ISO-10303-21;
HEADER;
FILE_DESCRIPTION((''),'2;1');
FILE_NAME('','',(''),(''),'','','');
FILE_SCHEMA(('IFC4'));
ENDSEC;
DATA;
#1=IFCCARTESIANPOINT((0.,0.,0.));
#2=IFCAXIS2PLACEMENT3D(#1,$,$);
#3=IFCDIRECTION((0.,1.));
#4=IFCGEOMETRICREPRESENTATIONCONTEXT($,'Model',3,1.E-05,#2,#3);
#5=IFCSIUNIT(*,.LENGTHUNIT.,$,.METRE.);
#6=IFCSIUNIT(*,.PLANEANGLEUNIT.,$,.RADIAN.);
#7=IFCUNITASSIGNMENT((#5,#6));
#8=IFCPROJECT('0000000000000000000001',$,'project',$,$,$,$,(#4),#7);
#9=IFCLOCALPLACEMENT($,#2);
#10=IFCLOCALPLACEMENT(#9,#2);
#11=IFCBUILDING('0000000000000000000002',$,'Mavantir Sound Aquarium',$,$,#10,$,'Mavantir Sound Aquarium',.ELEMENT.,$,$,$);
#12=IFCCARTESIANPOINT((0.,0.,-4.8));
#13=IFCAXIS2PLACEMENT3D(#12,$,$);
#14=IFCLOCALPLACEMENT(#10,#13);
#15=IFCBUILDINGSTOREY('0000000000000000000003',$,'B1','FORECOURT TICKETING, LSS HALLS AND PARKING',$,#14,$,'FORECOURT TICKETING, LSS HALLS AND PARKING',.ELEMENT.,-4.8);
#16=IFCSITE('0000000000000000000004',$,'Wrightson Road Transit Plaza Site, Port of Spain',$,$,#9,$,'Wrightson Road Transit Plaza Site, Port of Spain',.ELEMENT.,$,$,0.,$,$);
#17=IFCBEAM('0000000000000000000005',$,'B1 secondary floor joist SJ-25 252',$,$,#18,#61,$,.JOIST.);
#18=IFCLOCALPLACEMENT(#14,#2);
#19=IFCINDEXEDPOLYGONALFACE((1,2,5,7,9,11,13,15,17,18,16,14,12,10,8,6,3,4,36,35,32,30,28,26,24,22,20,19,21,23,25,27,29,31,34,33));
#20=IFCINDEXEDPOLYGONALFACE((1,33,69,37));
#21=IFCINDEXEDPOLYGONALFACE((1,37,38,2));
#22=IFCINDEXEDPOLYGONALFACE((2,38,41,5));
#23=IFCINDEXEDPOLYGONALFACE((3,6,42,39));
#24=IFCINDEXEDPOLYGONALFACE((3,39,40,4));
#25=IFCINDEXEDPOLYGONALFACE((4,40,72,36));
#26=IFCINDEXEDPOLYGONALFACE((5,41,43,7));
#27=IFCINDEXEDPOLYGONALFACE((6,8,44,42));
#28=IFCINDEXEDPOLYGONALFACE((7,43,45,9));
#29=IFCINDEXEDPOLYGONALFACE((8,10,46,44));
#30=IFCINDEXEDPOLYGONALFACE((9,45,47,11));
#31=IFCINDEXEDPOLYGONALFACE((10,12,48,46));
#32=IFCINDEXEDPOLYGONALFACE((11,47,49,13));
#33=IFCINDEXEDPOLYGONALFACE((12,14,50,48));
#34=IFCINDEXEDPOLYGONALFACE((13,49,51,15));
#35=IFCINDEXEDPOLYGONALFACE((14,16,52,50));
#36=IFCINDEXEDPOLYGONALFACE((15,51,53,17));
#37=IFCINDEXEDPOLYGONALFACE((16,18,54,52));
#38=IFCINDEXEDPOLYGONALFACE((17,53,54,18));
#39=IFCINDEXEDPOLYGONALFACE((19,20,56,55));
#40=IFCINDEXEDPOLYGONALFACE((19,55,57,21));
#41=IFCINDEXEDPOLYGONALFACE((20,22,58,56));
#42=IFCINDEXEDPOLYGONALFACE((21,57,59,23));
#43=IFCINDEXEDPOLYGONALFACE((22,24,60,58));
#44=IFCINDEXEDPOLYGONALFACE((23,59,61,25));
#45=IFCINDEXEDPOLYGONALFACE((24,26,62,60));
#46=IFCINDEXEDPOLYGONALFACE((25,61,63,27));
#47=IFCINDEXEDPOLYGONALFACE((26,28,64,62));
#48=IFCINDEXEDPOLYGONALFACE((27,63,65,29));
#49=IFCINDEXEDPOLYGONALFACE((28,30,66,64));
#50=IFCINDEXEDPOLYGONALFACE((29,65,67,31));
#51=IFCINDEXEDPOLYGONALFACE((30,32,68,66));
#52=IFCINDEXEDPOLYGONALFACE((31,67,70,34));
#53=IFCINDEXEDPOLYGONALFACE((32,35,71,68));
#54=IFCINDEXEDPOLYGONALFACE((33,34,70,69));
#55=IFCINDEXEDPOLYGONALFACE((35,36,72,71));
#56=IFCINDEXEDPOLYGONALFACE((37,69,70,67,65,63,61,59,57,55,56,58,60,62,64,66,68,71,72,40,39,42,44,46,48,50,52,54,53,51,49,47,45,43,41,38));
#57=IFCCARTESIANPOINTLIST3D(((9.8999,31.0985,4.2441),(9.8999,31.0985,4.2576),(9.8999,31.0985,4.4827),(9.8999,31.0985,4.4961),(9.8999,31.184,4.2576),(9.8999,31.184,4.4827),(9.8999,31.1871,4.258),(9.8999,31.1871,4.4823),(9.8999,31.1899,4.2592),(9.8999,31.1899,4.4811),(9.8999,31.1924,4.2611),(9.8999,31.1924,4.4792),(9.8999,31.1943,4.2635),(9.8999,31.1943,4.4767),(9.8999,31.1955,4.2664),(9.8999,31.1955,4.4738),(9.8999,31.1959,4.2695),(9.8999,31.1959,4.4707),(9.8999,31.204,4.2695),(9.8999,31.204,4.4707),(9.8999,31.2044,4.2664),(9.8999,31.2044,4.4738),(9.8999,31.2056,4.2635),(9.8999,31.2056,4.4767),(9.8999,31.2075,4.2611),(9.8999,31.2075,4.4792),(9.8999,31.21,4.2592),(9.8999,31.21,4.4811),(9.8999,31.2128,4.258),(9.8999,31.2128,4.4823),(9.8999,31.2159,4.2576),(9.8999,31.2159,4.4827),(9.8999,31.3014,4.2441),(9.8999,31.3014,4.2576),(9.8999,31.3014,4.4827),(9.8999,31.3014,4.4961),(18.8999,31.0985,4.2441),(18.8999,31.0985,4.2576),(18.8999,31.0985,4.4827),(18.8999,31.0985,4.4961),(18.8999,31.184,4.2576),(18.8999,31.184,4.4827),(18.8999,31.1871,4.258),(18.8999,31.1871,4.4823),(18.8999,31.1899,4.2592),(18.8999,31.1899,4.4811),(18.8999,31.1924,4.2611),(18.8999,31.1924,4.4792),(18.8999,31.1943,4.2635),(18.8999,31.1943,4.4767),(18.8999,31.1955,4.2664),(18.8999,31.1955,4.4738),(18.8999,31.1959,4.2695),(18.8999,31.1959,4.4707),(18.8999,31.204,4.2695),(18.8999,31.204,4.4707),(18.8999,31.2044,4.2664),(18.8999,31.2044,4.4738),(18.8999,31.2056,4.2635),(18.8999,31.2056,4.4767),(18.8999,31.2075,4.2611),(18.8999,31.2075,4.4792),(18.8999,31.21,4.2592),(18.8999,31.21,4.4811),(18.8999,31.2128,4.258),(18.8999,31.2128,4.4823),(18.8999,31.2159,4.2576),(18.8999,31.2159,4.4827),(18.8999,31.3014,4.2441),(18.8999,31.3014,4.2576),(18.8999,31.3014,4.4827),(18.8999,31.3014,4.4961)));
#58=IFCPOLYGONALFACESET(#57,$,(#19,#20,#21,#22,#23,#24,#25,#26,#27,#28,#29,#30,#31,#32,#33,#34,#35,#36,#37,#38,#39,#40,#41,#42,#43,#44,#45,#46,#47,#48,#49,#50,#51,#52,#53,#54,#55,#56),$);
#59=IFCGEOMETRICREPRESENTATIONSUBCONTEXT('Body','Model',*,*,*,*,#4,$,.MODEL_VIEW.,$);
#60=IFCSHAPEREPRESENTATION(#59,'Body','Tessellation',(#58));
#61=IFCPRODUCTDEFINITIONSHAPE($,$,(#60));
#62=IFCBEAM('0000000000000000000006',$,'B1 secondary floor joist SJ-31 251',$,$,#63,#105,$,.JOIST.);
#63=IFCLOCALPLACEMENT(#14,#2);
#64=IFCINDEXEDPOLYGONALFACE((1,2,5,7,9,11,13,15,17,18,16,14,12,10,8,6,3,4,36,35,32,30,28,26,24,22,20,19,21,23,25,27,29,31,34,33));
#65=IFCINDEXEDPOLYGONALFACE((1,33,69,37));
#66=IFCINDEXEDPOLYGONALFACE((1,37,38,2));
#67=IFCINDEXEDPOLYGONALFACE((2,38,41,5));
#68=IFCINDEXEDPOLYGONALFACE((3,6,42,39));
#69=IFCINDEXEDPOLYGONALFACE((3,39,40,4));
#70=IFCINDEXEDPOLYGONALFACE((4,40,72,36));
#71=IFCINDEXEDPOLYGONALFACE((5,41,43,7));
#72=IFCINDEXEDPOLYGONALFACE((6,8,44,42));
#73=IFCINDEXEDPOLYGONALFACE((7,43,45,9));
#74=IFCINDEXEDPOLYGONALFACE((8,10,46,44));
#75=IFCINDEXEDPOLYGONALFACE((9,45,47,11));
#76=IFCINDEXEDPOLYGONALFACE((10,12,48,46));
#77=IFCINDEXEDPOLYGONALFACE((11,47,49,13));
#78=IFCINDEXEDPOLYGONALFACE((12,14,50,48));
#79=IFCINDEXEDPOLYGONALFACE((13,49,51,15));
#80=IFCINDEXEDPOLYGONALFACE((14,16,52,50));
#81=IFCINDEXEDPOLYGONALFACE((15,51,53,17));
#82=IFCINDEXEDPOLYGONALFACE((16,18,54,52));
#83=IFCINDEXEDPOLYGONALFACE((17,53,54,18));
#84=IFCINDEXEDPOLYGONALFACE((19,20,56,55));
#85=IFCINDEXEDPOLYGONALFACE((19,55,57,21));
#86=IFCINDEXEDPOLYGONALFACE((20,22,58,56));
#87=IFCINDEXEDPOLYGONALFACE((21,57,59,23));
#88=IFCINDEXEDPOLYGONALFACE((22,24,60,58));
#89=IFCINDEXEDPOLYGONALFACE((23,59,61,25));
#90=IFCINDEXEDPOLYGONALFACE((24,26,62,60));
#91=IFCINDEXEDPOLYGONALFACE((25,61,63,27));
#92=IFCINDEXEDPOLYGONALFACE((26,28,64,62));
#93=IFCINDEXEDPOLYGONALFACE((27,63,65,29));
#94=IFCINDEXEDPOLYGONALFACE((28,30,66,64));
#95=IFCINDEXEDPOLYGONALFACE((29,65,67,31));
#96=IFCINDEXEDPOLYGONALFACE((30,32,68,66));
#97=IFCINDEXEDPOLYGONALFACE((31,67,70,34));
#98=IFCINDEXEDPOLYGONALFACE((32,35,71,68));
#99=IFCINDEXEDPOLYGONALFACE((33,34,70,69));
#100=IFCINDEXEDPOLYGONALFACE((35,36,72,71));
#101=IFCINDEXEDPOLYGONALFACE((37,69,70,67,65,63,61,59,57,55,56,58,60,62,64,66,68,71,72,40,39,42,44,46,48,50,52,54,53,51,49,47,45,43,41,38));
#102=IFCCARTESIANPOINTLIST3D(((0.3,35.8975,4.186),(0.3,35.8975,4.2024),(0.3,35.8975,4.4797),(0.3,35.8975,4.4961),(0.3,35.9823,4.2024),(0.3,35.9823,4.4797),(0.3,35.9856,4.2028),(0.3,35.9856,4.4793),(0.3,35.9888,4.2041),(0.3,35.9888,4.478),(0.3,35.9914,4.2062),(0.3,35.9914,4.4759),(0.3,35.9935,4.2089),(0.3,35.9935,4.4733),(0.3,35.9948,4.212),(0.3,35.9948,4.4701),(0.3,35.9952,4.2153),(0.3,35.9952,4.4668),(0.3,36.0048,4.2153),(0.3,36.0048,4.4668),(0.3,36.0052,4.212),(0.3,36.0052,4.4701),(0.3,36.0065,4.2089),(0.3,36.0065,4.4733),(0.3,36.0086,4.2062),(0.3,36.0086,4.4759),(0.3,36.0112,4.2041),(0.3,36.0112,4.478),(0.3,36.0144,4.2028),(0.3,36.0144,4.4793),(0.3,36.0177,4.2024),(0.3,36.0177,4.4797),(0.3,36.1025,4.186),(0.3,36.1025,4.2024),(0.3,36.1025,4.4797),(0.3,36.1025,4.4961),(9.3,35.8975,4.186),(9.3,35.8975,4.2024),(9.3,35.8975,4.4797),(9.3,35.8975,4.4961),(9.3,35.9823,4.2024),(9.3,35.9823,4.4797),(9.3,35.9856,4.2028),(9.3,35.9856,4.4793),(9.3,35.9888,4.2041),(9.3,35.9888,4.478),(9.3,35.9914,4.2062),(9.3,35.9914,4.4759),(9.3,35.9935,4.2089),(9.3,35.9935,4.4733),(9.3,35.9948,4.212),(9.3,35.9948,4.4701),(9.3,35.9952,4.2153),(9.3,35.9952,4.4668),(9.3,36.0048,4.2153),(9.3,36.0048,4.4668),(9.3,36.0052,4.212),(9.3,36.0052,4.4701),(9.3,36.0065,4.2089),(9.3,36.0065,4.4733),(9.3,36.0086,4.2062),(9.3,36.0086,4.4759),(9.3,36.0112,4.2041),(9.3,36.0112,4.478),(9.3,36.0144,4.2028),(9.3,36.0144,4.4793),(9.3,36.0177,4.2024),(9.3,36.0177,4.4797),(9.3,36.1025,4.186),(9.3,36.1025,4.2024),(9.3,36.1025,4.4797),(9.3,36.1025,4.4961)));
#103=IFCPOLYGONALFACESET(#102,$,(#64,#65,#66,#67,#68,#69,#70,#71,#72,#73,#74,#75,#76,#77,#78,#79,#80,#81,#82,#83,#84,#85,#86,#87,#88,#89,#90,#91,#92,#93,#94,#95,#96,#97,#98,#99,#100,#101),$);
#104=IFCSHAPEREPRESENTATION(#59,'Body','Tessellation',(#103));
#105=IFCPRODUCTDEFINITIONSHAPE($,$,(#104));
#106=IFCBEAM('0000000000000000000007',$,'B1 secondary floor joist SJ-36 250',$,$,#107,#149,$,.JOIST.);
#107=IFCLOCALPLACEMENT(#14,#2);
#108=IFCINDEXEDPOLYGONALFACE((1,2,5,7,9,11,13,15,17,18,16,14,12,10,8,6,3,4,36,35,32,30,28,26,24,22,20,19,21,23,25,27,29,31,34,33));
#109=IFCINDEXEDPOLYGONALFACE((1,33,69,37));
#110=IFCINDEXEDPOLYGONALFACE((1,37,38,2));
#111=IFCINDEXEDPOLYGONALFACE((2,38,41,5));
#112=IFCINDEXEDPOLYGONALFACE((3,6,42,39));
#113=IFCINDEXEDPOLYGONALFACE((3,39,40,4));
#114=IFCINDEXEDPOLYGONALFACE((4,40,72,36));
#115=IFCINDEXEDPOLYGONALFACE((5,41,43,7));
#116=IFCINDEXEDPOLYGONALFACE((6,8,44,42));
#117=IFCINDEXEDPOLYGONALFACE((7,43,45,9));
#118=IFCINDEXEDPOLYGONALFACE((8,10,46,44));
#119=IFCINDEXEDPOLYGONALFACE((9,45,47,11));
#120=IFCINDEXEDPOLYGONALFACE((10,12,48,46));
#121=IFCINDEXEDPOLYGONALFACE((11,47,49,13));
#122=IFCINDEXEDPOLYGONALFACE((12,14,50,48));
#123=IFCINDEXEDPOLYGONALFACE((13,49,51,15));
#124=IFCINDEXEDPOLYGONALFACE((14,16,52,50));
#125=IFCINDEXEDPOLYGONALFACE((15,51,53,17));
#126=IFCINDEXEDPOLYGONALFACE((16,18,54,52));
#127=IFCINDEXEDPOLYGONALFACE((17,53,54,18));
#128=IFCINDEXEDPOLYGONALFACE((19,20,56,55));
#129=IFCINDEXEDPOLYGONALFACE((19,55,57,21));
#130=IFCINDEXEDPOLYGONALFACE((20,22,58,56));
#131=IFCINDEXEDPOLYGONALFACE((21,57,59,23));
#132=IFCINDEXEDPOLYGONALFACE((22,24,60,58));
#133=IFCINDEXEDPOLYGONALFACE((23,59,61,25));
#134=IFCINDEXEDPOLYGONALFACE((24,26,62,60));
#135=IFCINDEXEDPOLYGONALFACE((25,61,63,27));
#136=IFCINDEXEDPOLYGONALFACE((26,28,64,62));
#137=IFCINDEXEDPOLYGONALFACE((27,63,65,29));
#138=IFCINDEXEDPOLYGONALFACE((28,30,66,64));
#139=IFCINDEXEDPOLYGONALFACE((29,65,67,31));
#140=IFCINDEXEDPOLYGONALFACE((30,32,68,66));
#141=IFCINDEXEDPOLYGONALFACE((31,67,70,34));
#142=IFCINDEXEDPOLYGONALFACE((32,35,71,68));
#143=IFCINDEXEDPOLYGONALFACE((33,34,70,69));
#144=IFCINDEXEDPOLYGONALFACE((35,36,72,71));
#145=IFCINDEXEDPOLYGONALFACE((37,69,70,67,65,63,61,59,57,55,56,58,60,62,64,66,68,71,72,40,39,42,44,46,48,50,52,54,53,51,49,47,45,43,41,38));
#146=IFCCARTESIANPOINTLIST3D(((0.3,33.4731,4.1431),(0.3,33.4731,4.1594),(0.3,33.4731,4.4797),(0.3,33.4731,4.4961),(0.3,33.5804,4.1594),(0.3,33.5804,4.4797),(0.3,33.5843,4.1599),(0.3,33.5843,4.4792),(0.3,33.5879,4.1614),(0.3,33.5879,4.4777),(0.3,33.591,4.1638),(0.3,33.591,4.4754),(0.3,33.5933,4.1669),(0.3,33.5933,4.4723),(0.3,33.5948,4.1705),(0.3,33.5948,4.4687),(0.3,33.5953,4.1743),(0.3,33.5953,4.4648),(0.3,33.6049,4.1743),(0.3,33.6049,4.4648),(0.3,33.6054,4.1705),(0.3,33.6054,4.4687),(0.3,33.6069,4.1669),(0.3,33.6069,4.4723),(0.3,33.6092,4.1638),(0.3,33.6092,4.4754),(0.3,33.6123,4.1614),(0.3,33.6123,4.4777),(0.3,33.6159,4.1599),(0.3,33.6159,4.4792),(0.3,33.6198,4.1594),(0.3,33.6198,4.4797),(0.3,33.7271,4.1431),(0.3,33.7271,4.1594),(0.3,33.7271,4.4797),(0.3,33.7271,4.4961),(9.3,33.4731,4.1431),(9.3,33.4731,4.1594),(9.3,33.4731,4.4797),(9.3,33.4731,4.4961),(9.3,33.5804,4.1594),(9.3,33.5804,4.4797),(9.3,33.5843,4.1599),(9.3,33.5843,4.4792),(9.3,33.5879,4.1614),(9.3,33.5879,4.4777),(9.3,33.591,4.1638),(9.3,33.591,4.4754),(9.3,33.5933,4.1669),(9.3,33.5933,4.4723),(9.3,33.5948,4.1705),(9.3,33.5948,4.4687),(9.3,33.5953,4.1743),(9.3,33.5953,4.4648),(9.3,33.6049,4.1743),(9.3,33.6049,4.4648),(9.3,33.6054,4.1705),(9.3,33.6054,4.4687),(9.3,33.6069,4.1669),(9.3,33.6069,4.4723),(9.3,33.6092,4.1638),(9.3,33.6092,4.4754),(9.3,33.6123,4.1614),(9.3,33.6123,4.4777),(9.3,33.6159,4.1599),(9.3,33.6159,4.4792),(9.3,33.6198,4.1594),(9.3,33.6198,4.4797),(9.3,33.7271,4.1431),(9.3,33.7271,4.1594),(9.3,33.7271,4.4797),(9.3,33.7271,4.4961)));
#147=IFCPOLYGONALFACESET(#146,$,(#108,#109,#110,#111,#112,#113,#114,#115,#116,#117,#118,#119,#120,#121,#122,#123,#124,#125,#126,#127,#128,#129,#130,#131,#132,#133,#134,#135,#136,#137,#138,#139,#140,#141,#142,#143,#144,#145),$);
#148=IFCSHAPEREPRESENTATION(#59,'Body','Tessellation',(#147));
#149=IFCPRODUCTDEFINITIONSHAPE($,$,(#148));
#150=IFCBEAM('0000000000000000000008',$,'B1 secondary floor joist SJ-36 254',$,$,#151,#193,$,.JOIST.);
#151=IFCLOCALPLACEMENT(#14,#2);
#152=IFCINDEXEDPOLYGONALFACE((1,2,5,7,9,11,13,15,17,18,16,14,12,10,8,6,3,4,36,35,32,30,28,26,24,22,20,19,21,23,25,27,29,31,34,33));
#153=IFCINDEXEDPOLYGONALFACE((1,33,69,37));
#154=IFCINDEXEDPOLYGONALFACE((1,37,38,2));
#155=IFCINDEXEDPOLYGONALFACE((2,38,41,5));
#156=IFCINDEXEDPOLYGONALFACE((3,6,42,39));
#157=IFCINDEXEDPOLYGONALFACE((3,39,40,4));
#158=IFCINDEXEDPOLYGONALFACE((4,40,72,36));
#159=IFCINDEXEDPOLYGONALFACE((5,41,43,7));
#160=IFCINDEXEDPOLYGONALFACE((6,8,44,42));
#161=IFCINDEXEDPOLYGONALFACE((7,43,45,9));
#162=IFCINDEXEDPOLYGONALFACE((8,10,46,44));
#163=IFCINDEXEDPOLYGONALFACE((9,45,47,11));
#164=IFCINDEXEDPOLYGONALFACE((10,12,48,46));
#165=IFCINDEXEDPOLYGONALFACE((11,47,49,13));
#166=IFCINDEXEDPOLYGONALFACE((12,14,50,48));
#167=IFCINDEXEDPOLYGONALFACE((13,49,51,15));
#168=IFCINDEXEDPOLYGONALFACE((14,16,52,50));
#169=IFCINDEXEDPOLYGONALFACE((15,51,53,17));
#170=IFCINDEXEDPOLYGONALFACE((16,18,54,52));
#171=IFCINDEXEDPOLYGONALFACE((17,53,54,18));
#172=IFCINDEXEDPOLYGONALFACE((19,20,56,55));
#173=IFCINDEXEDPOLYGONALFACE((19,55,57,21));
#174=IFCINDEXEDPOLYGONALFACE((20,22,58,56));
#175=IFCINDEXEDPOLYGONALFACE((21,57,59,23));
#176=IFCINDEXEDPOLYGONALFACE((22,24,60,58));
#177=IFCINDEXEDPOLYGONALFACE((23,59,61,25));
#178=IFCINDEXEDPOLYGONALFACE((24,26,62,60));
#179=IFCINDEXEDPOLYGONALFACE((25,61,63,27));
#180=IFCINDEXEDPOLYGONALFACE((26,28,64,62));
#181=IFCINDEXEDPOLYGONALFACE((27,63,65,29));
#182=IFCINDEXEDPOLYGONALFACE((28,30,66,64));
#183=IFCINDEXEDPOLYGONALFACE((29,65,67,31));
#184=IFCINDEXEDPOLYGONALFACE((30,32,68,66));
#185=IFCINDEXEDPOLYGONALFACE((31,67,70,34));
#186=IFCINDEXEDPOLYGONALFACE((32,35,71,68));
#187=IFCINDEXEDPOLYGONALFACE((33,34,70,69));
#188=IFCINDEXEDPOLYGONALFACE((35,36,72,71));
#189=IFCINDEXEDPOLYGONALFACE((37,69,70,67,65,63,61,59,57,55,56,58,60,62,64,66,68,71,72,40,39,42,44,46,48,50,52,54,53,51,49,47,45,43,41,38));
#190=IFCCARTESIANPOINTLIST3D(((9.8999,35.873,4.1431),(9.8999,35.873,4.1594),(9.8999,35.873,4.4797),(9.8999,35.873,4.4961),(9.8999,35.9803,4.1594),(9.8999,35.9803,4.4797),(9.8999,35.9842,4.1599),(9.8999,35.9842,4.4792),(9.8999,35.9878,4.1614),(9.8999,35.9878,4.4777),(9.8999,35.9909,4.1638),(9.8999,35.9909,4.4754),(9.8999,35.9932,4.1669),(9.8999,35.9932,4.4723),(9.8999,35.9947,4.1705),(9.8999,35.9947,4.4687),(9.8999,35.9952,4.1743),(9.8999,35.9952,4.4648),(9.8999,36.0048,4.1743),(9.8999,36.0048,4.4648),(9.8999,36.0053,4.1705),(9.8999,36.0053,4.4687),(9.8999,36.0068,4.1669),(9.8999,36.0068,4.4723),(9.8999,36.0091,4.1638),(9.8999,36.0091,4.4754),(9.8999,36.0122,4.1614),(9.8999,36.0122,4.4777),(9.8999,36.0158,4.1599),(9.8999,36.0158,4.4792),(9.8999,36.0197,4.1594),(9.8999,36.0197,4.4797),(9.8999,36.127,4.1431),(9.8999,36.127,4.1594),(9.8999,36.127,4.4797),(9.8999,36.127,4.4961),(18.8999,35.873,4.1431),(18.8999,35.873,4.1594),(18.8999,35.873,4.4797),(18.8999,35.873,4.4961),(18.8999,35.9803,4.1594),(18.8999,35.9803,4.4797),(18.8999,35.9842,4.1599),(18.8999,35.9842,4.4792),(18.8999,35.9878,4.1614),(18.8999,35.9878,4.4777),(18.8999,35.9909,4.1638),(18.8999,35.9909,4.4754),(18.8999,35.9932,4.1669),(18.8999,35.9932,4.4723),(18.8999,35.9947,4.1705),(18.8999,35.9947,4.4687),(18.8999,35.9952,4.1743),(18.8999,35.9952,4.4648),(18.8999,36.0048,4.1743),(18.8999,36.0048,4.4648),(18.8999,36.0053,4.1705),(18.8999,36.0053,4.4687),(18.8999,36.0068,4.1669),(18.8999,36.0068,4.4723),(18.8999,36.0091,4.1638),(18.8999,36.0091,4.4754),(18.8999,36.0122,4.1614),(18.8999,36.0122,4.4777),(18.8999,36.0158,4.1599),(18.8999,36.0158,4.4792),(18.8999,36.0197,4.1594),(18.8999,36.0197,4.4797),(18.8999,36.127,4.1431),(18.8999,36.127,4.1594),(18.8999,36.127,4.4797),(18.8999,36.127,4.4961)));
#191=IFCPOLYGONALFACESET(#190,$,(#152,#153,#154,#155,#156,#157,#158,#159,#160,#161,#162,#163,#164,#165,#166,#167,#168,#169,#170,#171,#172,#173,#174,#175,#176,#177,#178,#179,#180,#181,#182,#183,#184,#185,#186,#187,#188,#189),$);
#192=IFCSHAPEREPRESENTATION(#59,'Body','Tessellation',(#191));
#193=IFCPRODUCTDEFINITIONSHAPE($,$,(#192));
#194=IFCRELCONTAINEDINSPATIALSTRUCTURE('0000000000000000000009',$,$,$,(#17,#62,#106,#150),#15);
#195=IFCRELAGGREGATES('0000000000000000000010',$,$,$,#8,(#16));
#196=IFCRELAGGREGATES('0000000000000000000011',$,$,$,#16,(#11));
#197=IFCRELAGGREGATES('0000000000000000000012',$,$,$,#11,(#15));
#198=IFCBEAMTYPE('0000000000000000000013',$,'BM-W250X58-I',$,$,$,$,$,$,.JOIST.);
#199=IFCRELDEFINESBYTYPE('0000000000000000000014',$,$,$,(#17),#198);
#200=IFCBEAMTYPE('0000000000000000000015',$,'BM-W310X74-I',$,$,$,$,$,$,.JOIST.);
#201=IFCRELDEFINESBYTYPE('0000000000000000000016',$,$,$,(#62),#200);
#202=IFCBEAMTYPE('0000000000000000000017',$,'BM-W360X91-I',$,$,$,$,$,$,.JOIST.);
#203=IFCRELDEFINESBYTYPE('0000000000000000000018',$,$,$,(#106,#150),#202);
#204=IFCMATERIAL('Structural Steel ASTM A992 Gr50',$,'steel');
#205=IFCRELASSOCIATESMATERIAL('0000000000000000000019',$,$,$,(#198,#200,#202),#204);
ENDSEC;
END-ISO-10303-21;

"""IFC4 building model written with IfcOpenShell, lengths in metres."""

from ifc_helpers import new_model, si_unit, direction, frame, origin, origin_2d, place, context, subcontext, project, spatial, i_section, extrude, material, material_profile, profile_set, type_object, element, save


model = new_model("IFC4")

# Units and contexts
model_context = context("Model", 3, precision=1e-05, world=origin(), true_north=direction((0.0, 1.0)))
body_context = subcontext(model_context, "Body", "Model", "MODEL_VIEW")
ifc_project = project(units=[si_unit("LENGTHUNIT", "METRE"), si_unit("PLANEANGLEUNIT", "RADIAN")], contexts=[model_context])

# Site, building, storey
site_placement = place(None, origin())
site = spatial("IfcSite", under=ifc_project, at=site_placement, Name="Wrightson Road Transit Plaza Site, Port of Spain", LongName="Wrightson Road Transit Plaza Site, Port of Spain", CompositionType="ELEMENT", RefElevation=0.0)
building_placement = place(site_placement, origin())
building = spatial("IfcBuilding", under=site, at=building_placement, Name="Mavantir Sound Aquarium", LongName="Mavantir Sound Aquarium", CompositionType="ELEMENT")
storey_placement = place(building_placement, frame((0.0, 0.0, -4.8)))
storey = spatial("IfcBuildingStorey", under=building, at=storey_placement, Name="B1", Description="FORECOURT TICKETING, LSS HALLS AND PARKING", LongName="FORECOURT TICKETING, LSS HALLS AND PARKING", CompositionType="ELEMENT", Elevation=-4.8)

# Beams
ifc_material_1 = material(Name="Structural Steel ASTM A992 Gr50", Category="steel")
ifc_material_profile_1 = material_profile(ifc_material_1, i_section(OverallWidth=0.2029, OverallDepth=0.252, WebThickness=0.0081, FlangeThickness=0.0134, FilletRadius=0.012, at=origin_2d()), Name="W250X58")
ifc_profile_set_1 = profile_set([ifc_material_profile_1], Name="Structural Steel ASTM A992 Gr50")
beam_type_1 = type_object("IfcBeamType", Name="BM-W250X58-I", PredefinedType="JOIST", material=ifc_profile_set_1)
beam_1_placement = place(storey_placement, frame((9.8999, 31.2, 4.3701), z_axis=(1.0, 0.0, 0.0), x_axis=(0.0, 1.0, 0.0)))
element("IfcBeam", 1, at=beam_1_placement, inside=storey, type_object=beam_type_1, Name="B1 secondary floor joist SJ-25 252", PredefinedType="JOIST", context=body_context, shape_type="SweptSolid", body=[
    extrude(i_section(OverallWidth=0.2029, OverallDepth=0.252, WebThickness=0.0081, FlangeThickness=0.0134, FilletRadius=0.012, at=origin_2d()), origin(), (0.0, 0.0, 1.0), 9.0),
])
ifc_material_profile_2 = material_profile(ifc_material_1, i_section(OverallWidth=0.2051, OverallDepth=0.3101, WebThickness=0.0095, FlangeThickness=0.0164, FilletRadius=0.0129, at=origin_2d()), Name="W310X74")
ifc_profile_set_2 = profile_set([ifc_material_profile_2], Name="Structural Steel ASTM A992 Gr50")
beam_type_2 = type_object("IfcBeamType", Name="BM-W310X74-I", PredefinedType="JOIST", material=ifc_profile_set_2)
beam_2_placement = place(storey_placement, frame((0.3, 36.0, 4.3411), z_axis=(1.0, 0.0, 0.0), x_axis=(0.0, 1.0, 0.0)))
element("IfcBeam", 2, at=beam_2_placement, inside=storey, type_object=beam_type_2, Name="B1 secondary floor joist SJ-31 251", PredefinedType="JOIST", context=body_context, shape_type="SweptSolid", body=[
    extrude(i_section(OverallWidth=0.2051, OverallDepth=0.3101, WebThickness=0.0095, FlangeThickness=0.0164, FilletRadius=0.0129, at=origin_2d()), origin(), (0.0, 0.0, 1.0), 9.0),
])
ifc_material_profile_3 = material_profile(ifc_material_1, i_section(OverallWidth=0.2539, OverallDepth=0.353, WebThickness=0.0095, FlangeThickness=0.0164, FilletRadius=0.0149, at=origin_2d()), Name="W360X91")
ifc_profile_set_3 = profile_set([ifc_material_profile_3], Name="Structural Steel ASTM A992 Gr50")
beam_type_3 = type_object("IfcBeamType", Name="BM-W360X91-I", PredefinedType="JOIST", material=ifc_profile_set_3)
for number, where, z_axis, x_axis, name in (
    (3, (0.3, 33.6001, 4.3196), (1.0, 0.0, 0.0), (0.0, 1.0, 0.0), "B1 secondary floor joist SJ-36 250"),
    (4, (9.8999, 36.0, 4.3196), (1.0, 0.0, 0.0), (0.0, 1.0, 0.0), "B1 secondary floor joist SJ-36 254"),
):
    element("IfcBeam", number, at=place(storey_placement, frame(where, z_axis=z_axis, x_axis=x_axis)), inside=storey, type_object=beam_type_3, Name=name, PredefinedType="JOIST", context=body_context, shape_type="SweptSolid", body=[
        extrude(i_section(OverallWidth=0.2539, OverallDepth=0.353, WebThickness=0.0095, FlangeThickness=0.0164, FilletRadius=0.0149, at=origin_2d()), origin(), (0.0, 0.0, 1.0), 9.0),
    ])

save(model, "model.ifc")
